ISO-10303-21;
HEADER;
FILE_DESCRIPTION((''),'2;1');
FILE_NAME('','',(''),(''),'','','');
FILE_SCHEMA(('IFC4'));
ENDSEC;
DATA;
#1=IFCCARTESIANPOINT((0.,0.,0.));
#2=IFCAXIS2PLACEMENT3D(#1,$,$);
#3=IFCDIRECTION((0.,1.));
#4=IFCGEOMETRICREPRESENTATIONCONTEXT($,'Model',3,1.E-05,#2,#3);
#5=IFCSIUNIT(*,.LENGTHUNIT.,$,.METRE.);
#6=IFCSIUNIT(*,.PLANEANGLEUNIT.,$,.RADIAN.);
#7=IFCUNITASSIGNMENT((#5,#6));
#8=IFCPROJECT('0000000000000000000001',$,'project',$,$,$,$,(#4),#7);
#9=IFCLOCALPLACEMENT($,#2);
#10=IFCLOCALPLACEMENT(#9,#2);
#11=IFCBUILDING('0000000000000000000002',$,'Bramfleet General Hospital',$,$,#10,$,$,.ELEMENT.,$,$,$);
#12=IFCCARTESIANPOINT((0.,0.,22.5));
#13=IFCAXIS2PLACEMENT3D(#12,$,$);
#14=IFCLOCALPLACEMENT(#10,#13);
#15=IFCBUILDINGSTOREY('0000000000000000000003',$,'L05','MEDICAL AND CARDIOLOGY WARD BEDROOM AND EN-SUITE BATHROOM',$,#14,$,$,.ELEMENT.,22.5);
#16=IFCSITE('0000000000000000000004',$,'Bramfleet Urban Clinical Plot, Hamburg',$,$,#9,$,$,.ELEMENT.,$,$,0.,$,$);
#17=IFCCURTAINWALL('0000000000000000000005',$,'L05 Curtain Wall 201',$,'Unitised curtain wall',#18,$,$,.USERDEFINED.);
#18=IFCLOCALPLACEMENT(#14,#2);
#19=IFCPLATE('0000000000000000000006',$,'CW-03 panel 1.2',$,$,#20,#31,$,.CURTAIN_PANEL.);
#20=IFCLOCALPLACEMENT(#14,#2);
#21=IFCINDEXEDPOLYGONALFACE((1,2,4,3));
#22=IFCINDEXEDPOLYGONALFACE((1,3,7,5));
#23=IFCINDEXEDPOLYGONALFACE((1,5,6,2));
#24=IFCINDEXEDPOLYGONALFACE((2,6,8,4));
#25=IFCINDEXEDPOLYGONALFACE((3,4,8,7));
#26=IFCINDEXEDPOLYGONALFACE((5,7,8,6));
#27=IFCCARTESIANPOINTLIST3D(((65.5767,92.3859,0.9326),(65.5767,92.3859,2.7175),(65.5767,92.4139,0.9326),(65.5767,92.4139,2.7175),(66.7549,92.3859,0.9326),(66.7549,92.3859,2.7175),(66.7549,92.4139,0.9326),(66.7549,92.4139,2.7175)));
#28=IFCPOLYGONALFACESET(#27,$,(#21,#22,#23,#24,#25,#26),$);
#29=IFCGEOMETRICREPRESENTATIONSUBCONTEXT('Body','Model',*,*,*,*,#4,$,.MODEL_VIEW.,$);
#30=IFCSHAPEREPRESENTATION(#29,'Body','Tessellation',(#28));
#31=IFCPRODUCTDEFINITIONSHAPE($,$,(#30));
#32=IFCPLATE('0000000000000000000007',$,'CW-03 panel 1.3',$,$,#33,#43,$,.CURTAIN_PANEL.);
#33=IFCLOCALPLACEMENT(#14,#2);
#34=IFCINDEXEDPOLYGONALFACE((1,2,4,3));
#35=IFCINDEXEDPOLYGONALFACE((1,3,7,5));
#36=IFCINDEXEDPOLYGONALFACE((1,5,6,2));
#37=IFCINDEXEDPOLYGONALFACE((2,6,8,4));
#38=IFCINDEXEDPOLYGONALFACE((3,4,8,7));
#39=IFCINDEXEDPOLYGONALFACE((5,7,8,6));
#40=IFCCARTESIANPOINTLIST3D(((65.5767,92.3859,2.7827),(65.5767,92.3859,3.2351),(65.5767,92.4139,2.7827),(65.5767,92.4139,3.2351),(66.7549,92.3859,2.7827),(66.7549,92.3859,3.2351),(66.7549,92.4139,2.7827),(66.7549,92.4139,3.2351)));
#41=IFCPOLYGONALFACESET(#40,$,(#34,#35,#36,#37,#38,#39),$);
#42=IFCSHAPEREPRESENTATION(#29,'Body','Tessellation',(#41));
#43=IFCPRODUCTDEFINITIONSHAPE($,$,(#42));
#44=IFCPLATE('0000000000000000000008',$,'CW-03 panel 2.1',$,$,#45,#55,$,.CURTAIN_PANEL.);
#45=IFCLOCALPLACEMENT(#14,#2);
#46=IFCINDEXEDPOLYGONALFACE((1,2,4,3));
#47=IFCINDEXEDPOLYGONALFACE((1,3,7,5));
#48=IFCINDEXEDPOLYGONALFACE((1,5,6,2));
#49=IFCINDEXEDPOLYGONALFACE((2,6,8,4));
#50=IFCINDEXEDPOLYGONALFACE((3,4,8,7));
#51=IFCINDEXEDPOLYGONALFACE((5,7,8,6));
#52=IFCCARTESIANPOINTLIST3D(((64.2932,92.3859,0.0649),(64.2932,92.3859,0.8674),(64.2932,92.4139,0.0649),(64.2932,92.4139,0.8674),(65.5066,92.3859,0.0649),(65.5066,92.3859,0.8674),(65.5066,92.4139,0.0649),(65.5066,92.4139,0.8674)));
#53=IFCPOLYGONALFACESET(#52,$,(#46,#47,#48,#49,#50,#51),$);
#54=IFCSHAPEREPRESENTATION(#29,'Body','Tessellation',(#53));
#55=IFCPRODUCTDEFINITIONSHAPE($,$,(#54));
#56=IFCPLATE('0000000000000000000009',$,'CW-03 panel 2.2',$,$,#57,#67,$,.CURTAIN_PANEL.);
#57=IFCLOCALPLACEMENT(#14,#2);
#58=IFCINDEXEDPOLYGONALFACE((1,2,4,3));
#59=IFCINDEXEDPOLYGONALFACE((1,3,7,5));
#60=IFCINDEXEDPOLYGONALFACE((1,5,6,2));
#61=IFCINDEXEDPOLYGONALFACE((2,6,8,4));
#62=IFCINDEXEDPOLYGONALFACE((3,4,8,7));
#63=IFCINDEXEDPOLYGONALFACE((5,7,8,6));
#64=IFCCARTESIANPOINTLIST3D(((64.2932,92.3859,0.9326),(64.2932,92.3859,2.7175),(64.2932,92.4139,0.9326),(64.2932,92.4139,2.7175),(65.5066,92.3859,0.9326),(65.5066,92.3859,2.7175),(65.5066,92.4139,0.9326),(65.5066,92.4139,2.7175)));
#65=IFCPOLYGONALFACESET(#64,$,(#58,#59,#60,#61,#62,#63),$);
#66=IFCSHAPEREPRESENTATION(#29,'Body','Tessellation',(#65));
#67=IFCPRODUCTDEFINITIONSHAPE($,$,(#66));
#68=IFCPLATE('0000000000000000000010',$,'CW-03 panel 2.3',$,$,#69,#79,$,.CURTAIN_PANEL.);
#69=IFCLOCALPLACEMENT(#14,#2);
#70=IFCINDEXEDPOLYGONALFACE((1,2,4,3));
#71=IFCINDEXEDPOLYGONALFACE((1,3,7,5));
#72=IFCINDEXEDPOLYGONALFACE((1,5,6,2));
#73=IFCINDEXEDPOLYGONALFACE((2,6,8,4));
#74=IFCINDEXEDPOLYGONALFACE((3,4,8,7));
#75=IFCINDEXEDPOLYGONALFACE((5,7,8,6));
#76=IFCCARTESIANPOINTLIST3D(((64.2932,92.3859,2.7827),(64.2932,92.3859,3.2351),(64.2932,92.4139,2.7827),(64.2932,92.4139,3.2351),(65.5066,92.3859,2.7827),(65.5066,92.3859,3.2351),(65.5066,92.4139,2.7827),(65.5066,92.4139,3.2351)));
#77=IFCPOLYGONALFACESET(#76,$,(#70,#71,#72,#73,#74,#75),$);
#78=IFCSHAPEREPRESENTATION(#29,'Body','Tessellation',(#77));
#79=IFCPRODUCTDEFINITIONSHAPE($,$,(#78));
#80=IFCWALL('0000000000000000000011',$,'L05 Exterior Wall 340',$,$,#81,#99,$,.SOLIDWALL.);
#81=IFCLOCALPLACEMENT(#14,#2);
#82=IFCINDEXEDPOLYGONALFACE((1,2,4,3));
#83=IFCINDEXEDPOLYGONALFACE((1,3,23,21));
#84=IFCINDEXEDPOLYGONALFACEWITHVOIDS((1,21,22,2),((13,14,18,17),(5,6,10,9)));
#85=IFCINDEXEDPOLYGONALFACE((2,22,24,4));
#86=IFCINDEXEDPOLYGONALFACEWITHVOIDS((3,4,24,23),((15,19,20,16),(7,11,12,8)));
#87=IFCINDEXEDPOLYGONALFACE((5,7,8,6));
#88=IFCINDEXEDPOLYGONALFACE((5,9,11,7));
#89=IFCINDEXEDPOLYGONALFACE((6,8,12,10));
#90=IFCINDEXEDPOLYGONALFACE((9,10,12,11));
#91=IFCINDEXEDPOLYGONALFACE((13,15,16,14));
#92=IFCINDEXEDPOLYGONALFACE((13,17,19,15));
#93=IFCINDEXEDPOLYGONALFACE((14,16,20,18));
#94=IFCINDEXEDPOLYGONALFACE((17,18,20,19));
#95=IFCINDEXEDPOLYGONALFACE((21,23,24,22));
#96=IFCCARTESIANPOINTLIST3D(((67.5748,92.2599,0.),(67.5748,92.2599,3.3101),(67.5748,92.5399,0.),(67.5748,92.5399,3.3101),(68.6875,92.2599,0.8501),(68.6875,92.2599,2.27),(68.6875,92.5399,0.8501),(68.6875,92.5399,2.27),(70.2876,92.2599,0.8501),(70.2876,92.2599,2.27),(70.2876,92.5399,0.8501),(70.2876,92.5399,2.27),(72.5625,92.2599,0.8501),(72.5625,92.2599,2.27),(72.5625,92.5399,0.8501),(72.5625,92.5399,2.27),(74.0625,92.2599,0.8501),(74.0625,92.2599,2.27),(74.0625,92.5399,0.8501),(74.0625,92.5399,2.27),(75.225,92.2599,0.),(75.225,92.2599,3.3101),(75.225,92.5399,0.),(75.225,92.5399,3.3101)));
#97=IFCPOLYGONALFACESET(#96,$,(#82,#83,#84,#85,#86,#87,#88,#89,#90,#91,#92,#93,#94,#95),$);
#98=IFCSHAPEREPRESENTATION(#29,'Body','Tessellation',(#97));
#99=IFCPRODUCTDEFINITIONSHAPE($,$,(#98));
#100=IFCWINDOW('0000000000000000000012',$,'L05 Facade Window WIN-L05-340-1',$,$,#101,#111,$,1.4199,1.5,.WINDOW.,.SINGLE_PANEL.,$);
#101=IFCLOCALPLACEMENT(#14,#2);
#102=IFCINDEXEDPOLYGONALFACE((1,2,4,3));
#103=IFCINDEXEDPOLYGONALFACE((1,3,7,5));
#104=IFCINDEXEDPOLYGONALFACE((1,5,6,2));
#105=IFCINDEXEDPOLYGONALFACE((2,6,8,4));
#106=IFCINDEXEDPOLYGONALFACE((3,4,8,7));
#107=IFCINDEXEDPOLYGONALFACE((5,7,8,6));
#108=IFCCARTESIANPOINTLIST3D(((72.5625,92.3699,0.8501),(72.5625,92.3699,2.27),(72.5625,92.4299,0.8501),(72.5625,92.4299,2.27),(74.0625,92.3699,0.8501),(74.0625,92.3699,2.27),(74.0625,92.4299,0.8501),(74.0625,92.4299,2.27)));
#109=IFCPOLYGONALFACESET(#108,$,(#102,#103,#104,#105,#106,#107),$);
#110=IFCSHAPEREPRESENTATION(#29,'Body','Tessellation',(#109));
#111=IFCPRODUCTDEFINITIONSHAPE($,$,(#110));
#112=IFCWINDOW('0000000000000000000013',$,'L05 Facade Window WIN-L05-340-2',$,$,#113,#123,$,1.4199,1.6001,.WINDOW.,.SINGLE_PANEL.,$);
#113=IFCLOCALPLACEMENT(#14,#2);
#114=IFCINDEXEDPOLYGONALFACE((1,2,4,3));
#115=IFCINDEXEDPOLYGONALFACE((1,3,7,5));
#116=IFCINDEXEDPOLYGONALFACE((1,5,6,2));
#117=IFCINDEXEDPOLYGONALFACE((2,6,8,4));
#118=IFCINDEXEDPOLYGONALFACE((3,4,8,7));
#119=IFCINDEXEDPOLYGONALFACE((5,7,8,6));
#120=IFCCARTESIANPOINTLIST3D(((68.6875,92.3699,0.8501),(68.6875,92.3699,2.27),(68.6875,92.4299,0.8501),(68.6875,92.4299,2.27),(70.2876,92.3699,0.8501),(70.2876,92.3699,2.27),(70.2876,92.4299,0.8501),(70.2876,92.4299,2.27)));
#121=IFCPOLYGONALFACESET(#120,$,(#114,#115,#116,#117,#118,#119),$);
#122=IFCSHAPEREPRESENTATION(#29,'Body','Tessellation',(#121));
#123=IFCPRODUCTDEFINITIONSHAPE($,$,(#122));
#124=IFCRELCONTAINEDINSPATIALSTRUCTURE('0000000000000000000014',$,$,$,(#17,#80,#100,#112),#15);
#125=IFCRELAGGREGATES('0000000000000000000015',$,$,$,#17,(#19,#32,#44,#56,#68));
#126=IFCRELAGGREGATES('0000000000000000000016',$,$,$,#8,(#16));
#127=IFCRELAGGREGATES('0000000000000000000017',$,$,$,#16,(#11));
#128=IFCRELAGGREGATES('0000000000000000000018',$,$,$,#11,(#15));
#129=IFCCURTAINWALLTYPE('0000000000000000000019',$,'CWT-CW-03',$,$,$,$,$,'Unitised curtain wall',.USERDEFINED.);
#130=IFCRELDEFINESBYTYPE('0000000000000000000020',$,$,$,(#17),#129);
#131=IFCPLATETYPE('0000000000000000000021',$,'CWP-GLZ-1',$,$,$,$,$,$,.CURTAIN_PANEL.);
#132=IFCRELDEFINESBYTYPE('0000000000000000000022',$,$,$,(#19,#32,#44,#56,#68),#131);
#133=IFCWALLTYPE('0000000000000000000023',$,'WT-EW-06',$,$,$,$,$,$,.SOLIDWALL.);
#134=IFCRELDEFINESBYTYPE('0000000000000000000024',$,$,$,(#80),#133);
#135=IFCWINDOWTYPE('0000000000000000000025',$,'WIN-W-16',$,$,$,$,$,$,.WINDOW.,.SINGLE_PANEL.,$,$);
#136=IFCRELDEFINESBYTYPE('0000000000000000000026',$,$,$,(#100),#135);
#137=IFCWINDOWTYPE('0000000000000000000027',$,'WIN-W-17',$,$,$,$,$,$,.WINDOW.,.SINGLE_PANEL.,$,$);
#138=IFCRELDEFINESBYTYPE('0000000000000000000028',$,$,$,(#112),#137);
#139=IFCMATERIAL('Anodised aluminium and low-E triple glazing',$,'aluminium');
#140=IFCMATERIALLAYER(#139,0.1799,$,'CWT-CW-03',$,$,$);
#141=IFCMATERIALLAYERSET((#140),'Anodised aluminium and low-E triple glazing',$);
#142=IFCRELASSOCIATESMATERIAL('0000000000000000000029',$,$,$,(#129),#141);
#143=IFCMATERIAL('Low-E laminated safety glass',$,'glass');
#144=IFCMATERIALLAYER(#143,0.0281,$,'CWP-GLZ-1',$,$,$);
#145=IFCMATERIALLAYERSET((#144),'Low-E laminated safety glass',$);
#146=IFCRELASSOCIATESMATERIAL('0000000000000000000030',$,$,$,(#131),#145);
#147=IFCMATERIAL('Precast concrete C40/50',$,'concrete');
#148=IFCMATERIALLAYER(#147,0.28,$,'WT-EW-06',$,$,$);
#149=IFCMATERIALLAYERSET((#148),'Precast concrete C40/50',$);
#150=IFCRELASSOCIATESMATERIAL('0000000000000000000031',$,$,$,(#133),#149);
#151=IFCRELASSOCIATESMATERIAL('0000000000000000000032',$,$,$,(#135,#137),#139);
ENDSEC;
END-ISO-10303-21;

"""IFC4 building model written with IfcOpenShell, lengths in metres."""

from ifc_helpers import new_model, si_unit, direction, frame, frame_2d, origin, origin_2d, place, context, subcontext, project, spatial, rectangle, extrude, material, layer, layer_set, type_object, element, fill, aggregate, save


model = new_model("IFC4")

# Units and contexts
model_context = context("Model", 3, precision=1e-05, world=origin(), true_north=direction((0.0, 1.0)))
body_context = subcontext(model_context, "Body", "Model", "MODEL_VIEW")
ifc_project = project(units=[si_unit("LENGTHUNIT", "METRE"), si_unit("PLANEANGLEUNIT", "RADIAN")], contexts=[model_context])

# Site, building, storey
site_placement = place(None, origin())
site = spatial("IfcSite", under=ifc_project, at=site_placement, Name="Bramfleet Urban Clinical Plot, Hamburg", CompositionType="ELEMENT", RefElevation=0.0)
building_placement = place(site_placement, origin())
building = spatial("IfcBuilding", under=site, at=building_placement, Name="Bramfleet General Hospital", CompositionType="ELEMENT")
storey_placement = place(building_placement, frame((0.0, 0.0, 22.5)))
storey = spatial("IfcBuildingStorey", under=building, at=storey_placement, Name="L05", Description="MEDICAL AND CARDIOLOGY WARD BEDROOM AND EN-SUITE BATHROOM", CompositionType="ELEMENT", Elevation=22.5)

# Curtain wall, plates
ifc_material_1 = material(Name="Anodised aluminium and low-E triple glazing", Category="aluminium")
ifc_layer_1 = layer(ifc_material_1, 0.1799, Name="CWT-CW-03")
ifc_layer_set_1 = layer_set([ifc_layer_1], Name="Anodised aluminium and low-E triple glazing")
curtain_wall_type = type_object("IfcCurtainWallType", Name="CWT-CW-03", ElementType="Unitised curtain wall", PredefinedType="USERDEFINED", material=ifc_layer_set_1)
curtain_wall_placement = place(storey_placement, origin())
curtain_wall = element("IfcCurtainWall", 1, at=curtain_wall_placement, inside=storey, type_object=curtain_wall_type, Name="L05 Curtain Wall 201", ObjectType="Unitised curtain wall", PredefinedType="USERDEFINED")
ifc_material_2 = material(Name="Low-E laminated safety glass", Category="glass")
ifc_layer_2 = layer(ifc_material_2, 0.0281, Name="CWP-GLZ-1")
ifc_layer_set_2 = layer_set([ifc_layer_2], Name="Low-E laminated safety glass")
plate_type = type_object("IfcPlateType", Name="CWP-GLZ-1", PredefinedType="CURTAIN_PANEL", material=ifc_layer_set_2)
plate_1_placement = place(storey_placement, frame((66.1658, 92.3999, 0.9326), z_axis=(0.0, 0.0, 1.0), x_axis=(-1.0, 0.0, 0.0)))
plate_1 = element("IfcPlate", 2, at=plate_1_placement, type_object=plate_type, Name="CW-03 panel 1.2", PredefinedType="CURTAIN_PANEL", context=body_context, shape_type="SweptSolid", body=[
    extrude(rectangle(XDim=1.1782, YDim=0.0281, at=origin_2d()), origin(), (0.0, 0.0, 1.0), 1.7849),
])
plate_2_placement = place(storey_placement, frame((66.1658, 92.3999, 2.7827), z_axis=(0.0, 0.0, 1.0), x_axis=(-1.0, 0.0, 0.0)))
plate_2 = element("IfcPlate", 3, at=plate_2_placement, type_object=plate_type, Name="CW-03 panel 1.3", PredefinedType="CURTAIN_PANEL", context=body_context, shape_type="SweptSolid", body=[
    extrude(rectangle(XDim=1.1782, YDim=0.0281, at=origin_2d()), origin(), (0.0, 0.0, 1.0), 0.4524),
])
plate_3_placement = place(storey_placement, frame((64.8999, 92.3999, 0.0649), z_axis=(0.0, 0.0, 1.0), x_axis=(-1.0, 0.0, 0.0)))
plate_3 = element("IfcPlate", 4, at=plate_3_placement, type_object=plate_type, Name="CW-03 panel 2.1", PredefinedType="CURTAIN_PANEL", context=body_context, shape_type="SweptSolid", body=[
    extrude(rectangle(XDim=1.2134, YDim=0.0281, at=origin_2d()), origin(), (0.0, 0.0, 1.0), 0.8025),
])
plate_4_placement = place(storey_placement, frame((64.8999, 92.3999, 0.9326), z_axis=(0.0, 0.0, 1.0), x_axis=(-1.0, 0.0, 0.0)))
plate_4 = element("IfcPlate", 5, at=plate_4_placement, type_object=plate_type, Name="CW-03 panel 2.2", PredefinedType="CURTAIN_PANEL", context=body_context, shape_type="SweptSolid", body=[
    extrude(rectangle(XDim=1.2134, YDim=0.0281, at=origin_2d()), origin(), (0.0, 0.0, 1.0), 1.7849),
])
plate_5_placement = place(storey_placement, frame((64.8999, 92.3999, 2.7827), z_axis=(0.0, 0.0, 1.0), x_axis=(-1.0, 0.0, 0.0)))
plate_5 = element("IfcPlate", 6, at=plate_5_placement, type_object=plate_type, Name="CW-03 panel 2.3", PredefinedType="CURTAIN_PANEL", context=body_context, shape_type="SweptSolid", body=[
    extrude(rectangle(XDim=1.2134, YDim=0.0281, at=origin_2d()), origin(), (0.0, 0.0, 1.0), 0.4524),
])
aggregate(curtain_wall, [plate_1, plate_2, plate_3, plate_4, plate_5])

# Wall, openings, windows
ifc_material_3 = material(Name="Precast concrete C40/50", Category="concrete")
ifc_layer_3 = layer(ifc_material_3, 0.28, Name="WT-EW-06")
ifc_layer_set_3 = layer_set([ifc_layer_3], Name="Precast concrete C40/50")
wall_type = type_object("IfcWallType", Name="WT-EW-06", PredefinedType="SOLIDWALL", material=ifc_layer_set_3)
wall_placement = place(storey_placement, frame((75.2251, 92.3999, 0.0), z_axis=(0.0, 0.0, 1.0), x_axis=(-1.0, 0.0, 0.0)))
wall = element("IfcWall", 7, at=wall_placement, inside=storey, type_object=wall_type, Name="L05 Exterior Wall 340", PredefinedType="SOLIDWALL", context=body_context, shape_type="SweptSolid", body=[
    extrude(rectangle(XDim=7.6501, YDim=0.28, at=frame_2d((3.8252, 0.0))), origin(), (0.0, 0.0, 1.0), 3.3101),
])
opening_1_placement = place(wall_placement, frame((1.1626, 0.0, 0.8501)))
opening_1 = element("IfcOpeningElement", 8, at=opening_1_placement, cuts=wall, PredefinedType="OPENING", context=body_context, shape_type="SweptSolid", body=[
    extrude(rectangle(XDim=1.5, YDim=1.4199, at=frame_2d((0.75, 0.71))), frame((0.0, 0.1499, 0.0), z_axis=(0.0, -1.0, 0.0), x_axis=(1.0, 0.0, 0.0)), (0.0, 0.0, 1.0), 0.3),
])
opening_2_placement = place(wall_placement, frame((4.9375, 0.0, 0.8501)))
opening_2 = element("IfcOpeningElement", 9, at=opening_2_placement, cuts=wall, PredefinedType="OPENING", context=body_context, shape_type="SweptSolid", body=[
    extrude(rectangle(XDim=1.6001, YDim=1.4199, at=frame_2d((0.8, 0.71))), frame((0.0, 0.1499, 0.0), z_axis=(0.0, -1.0, 0.0), x_axis=(1.0, 0.0, 0.0)), (0.0, 0.0, 1.0), 0.3),
])
window_type_1 = type_object("IfcWindowType", Name="WIN-W-16", PartitioningType="SINGLE_PANEL", PredefinedType="WINDOW", material=ifc_material_1)
window_1_placement = place(opening_1_placement, origin())
window_1 = element("IfcWindow", 10, at=window_1_placement, inside=storey, type_object=window_type_1, Name="L05 Facade Window WIN-L05-340-1", OverallHeight=1.4199, OverallWidth=1.5, PartitioningType="SINGLE_PANEL", PredefinedType="WINDOW", context=body_context, shape_type="SweptSolid", body=[
    extrude(rectangle(XDim=1.5, YDim=1.4199, at=frame_2d((0.75, 0.71))), frame((0.0, 0.03, 0.0), z_axis=(0.0, -1.0, 0.0), x_axis=(1.0, 0.0, 0.0)), (0.0, 0.0, 1.0), 0.0601),
])
fill(opening_1, window_1)
window_type_2 = type_object("IfcWindowType", Name="WIN-W-17", PartitioningType="SINGLE_PANEL", PredefinedType="WINDOW", material=ifc_material_1)
window_2_placement = place(opening_2_placement, origin())
window_2 = element("IfcWindow", 11, at=window_2_placement, inside=storey, type_object=window_type_2, Name="L05 Facade Window WIN-L05-340-2", OverallHeight=1.4199, OverallWidth=1.6001, PartitioningType="SINGLE_PANEL", PredefinedType="WINDOW", context=body_context, shape_type="SweptSolid", body=[
    extrude(rectangle(XDim=1.6001, YDim=1.4199, at=frame_2d((0.8, 0.71))), frame((0.0, 0.03, 0.0), z_axis=(0.0, -1.0, 0.0), x_axis=(1.0, 0.0, 0.0)), (0.0, 0.0, 1.0), 0.0601),
])
fill(opening_2, window_2)

save(model, "model.ifc")
